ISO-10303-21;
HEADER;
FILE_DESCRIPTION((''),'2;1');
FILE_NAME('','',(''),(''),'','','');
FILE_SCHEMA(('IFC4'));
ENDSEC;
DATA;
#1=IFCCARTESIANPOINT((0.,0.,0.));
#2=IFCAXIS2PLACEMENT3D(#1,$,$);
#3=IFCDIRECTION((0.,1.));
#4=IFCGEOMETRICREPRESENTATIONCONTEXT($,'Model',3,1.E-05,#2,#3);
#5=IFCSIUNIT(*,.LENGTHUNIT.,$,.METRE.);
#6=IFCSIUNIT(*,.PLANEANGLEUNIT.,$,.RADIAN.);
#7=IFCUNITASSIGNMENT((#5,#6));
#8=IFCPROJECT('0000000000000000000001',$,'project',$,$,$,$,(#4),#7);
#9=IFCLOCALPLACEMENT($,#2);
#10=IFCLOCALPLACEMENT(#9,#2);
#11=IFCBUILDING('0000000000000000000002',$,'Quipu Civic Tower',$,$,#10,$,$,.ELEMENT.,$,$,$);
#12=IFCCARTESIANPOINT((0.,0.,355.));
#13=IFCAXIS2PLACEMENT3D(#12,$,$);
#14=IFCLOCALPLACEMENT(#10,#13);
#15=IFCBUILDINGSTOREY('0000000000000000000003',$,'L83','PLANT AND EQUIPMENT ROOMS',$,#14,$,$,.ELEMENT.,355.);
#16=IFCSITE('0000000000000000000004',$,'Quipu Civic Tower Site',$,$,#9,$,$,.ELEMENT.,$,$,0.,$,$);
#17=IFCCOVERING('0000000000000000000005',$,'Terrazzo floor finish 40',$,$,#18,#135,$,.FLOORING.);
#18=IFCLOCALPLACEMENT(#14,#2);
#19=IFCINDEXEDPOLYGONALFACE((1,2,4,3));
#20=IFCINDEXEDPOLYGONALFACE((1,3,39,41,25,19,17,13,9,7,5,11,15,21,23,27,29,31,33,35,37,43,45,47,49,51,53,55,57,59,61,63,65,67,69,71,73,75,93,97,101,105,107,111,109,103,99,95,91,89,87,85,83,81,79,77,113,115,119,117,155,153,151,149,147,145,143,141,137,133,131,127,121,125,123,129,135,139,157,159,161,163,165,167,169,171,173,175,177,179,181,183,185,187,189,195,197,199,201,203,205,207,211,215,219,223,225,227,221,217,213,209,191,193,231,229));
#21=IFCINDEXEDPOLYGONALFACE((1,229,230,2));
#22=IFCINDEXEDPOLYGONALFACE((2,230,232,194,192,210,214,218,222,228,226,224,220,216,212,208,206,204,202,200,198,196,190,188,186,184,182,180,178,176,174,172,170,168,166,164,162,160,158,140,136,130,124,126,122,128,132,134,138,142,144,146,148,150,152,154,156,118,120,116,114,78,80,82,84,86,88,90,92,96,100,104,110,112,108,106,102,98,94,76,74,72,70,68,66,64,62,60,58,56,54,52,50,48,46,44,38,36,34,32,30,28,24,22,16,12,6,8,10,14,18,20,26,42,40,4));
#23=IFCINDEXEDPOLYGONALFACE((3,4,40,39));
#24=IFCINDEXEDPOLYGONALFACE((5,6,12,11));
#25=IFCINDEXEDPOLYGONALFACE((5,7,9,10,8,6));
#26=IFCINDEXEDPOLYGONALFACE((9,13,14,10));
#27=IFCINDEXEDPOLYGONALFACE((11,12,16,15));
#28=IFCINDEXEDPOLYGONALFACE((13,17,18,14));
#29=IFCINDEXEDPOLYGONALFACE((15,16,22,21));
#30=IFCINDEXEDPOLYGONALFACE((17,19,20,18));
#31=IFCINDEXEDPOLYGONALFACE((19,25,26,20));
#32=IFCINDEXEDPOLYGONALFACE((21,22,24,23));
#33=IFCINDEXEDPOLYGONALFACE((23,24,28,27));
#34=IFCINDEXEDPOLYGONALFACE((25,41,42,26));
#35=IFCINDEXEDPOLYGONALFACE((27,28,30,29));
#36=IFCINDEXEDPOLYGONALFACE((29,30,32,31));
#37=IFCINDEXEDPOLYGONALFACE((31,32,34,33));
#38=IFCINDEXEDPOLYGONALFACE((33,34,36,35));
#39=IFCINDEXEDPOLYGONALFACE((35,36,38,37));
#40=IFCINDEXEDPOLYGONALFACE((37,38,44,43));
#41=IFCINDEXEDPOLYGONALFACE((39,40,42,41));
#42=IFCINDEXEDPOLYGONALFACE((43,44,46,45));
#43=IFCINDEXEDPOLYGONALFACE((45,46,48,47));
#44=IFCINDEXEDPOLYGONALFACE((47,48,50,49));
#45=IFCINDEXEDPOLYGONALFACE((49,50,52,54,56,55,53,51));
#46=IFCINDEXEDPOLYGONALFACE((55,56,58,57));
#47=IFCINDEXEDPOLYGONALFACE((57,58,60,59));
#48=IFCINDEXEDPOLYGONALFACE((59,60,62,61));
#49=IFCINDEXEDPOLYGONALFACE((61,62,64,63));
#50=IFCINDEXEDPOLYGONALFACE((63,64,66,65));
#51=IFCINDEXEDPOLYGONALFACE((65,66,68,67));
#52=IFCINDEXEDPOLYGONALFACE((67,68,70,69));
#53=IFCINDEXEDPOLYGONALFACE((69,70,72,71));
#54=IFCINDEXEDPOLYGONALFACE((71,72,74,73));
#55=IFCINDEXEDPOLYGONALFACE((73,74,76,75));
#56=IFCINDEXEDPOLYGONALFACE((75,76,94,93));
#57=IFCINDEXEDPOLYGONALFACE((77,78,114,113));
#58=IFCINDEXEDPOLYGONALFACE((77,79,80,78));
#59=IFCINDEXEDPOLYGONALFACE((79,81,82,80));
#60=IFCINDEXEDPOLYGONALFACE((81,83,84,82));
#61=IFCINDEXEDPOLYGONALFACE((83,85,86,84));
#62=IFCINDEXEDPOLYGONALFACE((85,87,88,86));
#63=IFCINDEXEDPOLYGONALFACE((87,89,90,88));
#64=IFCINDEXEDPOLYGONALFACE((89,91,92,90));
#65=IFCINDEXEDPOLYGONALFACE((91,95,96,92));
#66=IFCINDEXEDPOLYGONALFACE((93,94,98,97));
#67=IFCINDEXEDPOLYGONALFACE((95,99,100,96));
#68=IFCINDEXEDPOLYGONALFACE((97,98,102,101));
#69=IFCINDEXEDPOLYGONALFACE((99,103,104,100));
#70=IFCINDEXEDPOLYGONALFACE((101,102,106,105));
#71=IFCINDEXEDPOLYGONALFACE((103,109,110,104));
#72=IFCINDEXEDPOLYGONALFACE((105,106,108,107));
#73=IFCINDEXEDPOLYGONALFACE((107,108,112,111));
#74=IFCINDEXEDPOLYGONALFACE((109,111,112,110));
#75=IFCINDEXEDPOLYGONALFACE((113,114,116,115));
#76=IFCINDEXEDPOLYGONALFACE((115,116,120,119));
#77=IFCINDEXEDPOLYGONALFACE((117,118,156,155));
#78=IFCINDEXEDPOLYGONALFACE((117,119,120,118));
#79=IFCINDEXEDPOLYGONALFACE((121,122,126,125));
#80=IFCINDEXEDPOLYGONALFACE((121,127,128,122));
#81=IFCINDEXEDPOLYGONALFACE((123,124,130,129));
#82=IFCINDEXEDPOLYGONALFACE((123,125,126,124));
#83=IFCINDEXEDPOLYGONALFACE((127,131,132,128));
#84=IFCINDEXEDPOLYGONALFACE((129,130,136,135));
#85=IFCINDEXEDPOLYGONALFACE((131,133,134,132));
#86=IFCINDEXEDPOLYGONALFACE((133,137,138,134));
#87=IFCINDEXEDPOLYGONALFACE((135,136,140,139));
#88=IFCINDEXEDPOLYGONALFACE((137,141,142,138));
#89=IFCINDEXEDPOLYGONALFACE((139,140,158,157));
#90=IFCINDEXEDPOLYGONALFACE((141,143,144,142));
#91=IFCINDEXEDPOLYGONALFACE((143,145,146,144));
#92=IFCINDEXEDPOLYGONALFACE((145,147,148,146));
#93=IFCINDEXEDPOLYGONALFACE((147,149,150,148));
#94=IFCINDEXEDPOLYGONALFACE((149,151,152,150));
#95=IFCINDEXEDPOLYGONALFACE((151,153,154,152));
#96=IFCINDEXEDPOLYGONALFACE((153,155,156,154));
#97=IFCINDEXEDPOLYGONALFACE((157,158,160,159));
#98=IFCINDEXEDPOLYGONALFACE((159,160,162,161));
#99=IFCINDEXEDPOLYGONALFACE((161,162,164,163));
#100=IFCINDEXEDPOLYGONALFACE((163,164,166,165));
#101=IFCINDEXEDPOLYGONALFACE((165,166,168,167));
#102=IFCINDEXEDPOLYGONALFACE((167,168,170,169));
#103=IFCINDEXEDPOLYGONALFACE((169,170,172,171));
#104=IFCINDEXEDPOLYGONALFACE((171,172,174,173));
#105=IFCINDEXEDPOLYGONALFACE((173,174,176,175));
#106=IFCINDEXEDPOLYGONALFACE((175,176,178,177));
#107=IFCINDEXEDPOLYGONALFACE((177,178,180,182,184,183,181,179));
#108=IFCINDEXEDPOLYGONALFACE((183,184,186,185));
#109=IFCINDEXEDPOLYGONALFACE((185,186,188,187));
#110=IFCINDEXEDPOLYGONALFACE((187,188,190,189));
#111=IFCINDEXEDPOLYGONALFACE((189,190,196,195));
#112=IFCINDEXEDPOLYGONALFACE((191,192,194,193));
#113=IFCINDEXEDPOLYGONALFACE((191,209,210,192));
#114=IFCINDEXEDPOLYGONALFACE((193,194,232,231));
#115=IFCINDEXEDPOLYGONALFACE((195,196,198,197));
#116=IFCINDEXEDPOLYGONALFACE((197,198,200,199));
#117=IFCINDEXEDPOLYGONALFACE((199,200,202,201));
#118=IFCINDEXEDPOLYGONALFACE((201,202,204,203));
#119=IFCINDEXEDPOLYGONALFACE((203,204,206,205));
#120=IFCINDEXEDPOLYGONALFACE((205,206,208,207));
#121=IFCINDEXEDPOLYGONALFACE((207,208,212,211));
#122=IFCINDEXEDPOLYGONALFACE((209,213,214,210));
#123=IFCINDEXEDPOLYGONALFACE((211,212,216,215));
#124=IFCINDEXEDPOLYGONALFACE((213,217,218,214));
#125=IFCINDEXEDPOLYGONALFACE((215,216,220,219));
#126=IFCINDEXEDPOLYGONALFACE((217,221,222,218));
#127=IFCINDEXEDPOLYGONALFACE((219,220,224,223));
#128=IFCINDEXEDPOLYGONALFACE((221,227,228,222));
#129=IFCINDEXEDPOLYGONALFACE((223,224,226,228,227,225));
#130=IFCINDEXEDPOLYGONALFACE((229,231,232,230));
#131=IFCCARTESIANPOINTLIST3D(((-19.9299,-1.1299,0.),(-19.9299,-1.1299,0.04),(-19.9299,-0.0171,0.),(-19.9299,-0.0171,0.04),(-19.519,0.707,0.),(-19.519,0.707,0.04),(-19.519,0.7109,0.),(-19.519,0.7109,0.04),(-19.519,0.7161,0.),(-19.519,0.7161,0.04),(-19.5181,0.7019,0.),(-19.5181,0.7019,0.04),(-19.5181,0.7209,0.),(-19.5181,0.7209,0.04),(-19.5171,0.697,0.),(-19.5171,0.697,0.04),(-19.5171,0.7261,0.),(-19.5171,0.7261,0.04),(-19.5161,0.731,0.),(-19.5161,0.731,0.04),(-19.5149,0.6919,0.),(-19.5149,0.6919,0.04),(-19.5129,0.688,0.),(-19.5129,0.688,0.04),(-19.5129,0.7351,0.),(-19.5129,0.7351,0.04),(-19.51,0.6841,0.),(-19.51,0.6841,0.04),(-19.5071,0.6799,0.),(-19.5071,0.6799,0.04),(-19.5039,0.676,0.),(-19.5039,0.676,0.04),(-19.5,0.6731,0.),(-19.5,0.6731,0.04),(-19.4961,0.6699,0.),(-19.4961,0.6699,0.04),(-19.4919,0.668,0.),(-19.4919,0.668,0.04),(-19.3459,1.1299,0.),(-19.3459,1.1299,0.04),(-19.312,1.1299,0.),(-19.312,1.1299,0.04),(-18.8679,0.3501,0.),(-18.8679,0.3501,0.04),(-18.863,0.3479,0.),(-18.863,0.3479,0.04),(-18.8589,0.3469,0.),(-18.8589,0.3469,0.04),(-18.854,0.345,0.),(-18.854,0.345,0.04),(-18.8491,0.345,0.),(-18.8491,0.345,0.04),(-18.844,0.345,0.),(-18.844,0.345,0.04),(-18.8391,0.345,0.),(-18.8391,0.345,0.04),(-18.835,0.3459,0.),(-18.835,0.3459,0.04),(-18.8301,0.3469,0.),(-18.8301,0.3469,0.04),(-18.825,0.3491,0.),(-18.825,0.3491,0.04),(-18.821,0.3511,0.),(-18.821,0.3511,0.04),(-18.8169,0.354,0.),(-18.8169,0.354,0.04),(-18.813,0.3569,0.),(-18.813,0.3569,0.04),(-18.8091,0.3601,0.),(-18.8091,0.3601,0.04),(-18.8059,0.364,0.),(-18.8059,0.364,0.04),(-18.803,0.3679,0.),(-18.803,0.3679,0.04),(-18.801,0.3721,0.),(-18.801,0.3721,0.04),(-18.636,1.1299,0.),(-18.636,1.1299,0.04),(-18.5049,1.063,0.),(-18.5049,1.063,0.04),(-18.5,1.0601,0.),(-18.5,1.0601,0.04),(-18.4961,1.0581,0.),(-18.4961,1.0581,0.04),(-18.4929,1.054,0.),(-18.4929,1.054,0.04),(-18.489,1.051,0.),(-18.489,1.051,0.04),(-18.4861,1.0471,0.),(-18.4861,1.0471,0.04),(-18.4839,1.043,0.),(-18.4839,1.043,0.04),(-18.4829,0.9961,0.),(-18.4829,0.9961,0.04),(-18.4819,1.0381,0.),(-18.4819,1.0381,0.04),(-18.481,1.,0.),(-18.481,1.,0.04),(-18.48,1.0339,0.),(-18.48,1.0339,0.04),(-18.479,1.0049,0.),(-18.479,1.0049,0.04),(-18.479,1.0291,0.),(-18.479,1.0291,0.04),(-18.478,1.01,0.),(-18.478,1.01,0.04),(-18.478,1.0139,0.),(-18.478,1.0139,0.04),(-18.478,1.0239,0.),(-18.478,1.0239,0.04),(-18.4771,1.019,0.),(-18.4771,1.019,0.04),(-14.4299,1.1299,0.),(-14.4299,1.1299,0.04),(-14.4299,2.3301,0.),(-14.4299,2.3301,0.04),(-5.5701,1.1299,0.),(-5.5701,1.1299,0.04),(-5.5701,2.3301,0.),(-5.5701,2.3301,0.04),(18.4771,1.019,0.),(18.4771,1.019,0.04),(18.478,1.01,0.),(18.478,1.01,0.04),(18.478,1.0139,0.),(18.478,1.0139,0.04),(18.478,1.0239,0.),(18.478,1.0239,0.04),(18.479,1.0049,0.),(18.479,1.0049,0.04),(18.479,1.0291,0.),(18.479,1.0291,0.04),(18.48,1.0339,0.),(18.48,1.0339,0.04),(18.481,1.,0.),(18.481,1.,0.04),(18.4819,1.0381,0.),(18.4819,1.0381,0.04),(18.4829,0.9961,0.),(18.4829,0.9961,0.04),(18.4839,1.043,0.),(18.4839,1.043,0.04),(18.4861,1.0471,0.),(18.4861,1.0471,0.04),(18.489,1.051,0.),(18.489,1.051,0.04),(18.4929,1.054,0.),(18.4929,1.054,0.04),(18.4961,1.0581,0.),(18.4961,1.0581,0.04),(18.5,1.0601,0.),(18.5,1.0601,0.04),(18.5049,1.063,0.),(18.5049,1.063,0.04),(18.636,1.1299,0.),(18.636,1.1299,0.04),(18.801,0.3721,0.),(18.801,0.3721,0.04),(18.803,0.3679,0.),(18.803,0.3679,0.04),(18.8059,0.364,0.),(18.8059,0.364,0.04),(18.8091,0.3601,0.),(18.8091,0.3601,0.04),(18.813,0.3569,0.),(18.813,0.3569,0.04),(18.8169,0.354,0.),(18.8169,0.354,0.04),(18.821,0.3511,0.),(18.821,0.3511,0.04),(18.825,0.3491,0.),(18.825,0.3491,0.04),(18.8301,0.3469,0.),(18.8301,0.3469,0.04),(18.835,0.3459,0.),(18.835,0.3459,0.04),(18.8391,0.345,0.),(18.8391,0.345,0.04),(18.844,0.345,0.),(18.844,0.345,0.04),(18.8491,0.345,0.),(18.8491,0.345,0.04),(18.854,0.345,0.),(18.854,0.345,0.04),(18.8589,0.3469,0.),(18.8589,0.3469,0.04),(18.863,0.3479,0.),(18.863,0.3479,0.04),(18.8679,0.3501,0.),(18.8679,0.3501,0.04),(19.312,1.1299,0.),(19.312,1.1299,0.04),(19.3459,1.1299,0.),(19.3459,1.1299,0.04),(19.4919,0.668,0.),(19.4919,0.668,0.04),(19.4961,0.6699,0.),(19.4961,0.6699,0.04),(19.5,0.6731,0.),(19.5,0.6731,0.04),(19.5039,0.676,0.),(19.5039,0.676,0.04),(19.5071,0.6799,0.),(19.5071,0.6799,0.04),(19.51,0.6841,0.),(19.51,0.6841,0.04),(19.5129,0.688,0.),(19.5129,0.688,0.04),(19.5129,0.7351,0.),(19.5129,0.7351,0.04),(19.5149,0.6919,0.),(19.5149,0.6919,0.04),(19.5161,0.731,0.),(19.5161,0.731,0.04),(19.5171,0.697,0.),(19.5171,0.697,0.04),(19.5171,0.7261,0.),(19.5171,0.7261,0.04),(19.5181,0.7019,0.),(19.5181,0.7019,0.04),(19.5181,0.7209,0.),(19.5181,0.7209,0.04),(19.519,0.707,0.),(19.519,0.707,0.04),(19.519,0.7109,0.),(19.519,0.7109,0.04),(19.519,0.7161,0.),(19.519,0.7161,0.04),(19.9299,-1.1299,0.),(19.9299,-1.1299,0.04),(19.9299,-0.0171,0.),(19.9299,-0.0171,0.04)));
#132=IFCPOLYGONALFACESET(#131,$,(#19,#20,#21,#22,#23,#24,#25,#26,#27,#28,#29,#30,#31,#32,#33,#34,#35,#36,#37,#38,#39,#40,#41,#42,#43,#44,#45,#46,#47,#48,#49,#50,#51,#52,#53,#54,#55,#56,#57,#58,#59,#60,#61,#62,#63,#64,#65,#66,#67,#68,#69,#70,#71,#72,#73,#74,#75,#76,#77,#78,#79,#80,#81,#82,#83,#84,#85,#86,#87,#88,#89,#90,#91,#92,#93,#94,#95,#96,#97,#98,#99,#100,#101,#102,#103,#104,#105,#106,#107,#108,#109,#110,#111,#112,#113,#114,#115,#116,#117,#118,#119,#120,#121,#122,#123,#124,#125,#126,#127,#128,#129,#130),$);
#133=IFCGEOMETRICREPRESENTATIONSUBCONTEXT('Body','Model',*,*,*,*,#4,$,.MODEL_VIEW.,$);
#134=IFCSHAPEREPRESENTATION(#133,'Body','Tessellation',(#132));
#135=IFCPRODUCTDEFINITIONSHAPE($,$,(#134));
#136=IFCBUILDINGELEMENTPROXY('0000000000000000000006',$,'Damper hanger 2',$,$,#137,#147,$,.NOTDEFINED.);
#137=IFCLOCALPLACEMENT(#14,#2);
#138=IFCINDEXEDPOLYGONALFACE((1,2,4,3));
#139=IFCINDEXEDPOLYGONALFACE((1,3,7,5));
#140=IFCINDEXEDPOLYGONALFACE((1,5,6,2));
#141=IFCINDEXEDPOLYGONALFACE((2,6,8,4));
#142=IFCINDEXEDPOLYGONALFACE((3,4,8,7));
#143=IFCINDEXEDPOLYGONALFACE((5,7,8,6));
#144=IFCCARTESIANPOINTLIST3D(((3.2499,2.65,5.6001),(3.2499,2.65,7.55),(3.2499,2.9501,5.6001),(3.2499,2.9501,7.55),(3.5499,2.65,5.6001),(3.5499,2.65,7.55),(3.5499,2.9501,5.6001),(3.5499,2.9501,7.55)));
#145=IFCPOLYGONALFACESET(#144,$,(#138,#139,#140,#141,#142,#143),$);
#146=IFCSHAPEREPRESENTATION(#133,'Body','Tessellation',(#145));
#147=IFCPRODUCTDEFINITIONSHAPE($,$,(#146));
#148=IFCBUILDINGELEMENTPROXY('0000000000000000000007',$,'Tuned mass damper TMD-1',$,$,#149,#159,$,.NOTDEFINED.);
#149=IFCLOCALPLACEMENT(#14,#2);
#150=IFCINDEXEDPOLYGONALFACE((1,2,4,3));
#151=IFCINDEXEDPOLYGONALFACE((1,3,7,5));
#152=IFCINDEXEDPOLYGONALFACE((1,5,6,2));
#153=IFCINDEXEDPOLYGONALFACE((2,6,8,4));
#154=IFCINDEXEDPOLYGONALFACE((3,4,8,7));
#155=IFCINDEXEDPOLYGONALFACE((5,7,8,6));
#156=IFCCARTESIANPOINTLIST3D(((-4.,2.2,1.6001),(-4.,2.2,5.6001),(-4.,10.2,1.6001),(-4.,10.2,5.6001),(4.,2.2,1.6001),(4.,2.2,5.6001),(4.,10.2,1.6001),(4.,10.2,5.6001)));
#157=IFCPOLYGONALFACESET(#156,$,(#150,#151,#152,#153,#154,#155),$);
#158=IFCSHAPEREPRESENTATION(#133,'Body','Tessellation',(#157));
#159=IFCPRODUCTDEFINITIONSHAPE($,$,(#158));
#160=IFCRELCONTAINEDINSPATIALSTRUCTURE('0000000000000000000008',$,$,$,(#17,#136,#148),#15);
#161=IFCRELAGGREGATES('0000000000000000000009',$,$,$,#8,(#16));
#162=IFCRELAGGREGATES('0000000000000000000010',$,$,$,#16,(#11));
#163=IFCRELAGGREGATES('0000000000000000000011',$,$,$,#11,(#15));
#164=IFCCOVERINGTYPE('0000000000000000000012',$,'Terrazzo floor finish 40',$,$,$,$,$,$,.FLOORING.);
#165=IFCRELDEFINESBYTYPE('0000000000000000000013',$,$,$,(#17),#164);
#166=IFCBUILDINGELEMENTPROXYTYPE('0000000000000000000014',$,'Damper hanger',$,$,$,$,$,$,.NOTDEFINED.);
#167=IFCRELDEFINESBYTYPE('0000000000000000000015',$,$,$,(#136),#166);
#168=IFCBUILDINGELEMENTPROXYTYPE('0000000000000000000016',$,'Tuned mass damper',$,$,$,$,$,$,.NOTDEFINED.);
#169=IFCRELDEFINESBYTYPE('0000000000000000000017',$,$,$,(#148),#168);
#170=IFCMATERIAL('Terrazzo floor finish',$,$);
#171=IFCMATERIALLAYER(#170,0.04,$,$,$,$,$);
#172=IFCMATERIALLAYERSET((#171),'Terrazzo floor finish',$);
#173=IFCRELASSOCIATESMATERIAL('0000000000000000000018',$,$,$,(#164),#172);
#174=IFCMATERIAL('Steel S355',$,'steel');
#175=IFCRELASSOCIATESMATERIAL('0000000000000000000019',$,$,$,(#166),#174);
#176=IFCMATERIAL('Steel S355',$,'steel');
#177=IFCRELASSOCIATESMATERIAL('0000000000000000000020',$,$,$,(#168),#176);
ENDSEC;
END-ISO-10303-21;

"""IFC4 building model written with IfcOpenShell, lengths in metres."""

from ifc_helpers import new_model, si_unit, direction, frame, origin, origin_2d, place, context, subcontext, project, spatial, polyline, rectangle, outline, extrude, material, layer, layer_set, type_object, element, save


model = new_model("IFC4")

# Units and contexts
model_context = context("Model", 3, precision=1e-05, world=origin(), true_north=direction((0.0, 1.0)))
body_context = subcontext(model_context, "Body", "Model", "MODEL_VIEW")
ifc_project = project(units=[si_unit("LENGTHUNIT", "METRE"), si_unit("PLANEANGLEUNIT", "RADIAN")], contexts=[model_context])

# Site, building, storey
site_placement = place(None, origin())
site = spatial("IfcSite", under=ifc_project, at=site_placement, Name="Quipu Civic Tower Site", CompositionType="ELEMENT", RefElevation=0.0)
building_placement = place(site_placement, origin())
building = spatial("IfcBuilding", under=site, at=building_placement, Name="Quipu Civic Tower", CompositionType="ELEMENT")
storey_placement = place(building_placement, frame((0.0, 0.0, 355.0)))
storey = spatial("IfcBuildingStorey", under=building, at=storey_placement, Name="L83", Description="PLANT AND EQUIPMENT ROOMS", CompositionType="ELEMENT", Elevation=355.0)

# Covering
ifc_material_1 = material(Name="Terrazzo floor finish")
ifc_layer_1 = layer(ifc_material_1, 0.04)
ifc_layer_set_1 = layer_set([ifc_layer_1], Name="Terrazzo floor finish")
covering_type_1 = type_object("IfcCoveringType", Name="Terrazzo floor finish 40", PredefinedType="FLOORING", material=ifc_layer_set_1)
covering_1_placement = place(storey_placement, origin())
element("IfcCovering", 1, at=covering_1_placement, inside=storey, type_object=covering_type_1, Name="Terrazzo floor finish 40", PredefinedType="FLOORING", context=body_context, shape_type="SweptSolid", body=[
    extrude(outline(polyline([(-19.9299, -0.0171), (-19.3459, 1.1299), (-19.312, 1.1299), (-19.5129, 0.7351), (-19.5161, 0.731), (-19.5171, 0.7261), (-19.5181, 0.7209), (-19.519, 0.7161), (-19.519, 0.7109), (-19.519, 0.707), (-19.5181, 0.7019), (-19.5171, 0.697), (-19.5149, 0.6919), (-19.5129, 0.688), (-19.51, 0.6841), (-19.5071, 0.6799), (-19.5039, 0.676), (-19.5, 0.6731), (-19.4961, 0.6699), (-19.4919, 0.668), (-18.8679, 0.3501), (-18.863, 0.3479), (-18.8589, 0.3469), (-18.854, 0.345), (-18.8491, 0.345), (-18.844, 0.345), (-18.8391, 0.345), (-18.835, 0.3459), (-18.8301, 0.3469), (-18.825, 0.3491), (-18.821, 0.3511), (-18.8169, 0.354), (-18.813, 0.3569), (-18.8091, 0.3601), (-18.8059, 0.364), (-18.803, 0.3679), (-18.801, 0.3721), (-18.4829, 0.9961), (-18.481, 1.0), (-18.479, 1.0049), (-18.478, 1.01), (-18.478, 1.0139), (-18.4771, 1.019), (-18.478, 1.0239), (-18.479, 1.0291), (-18.48, 1.0339), (-18.4819, 1.0381), (-18.4839, 1.043), (-18.4861, 1.0471), (-18.489, 1.051), (-18.4929, 1.054), (-18.4961, 1.0581), (-18.5, 1.0601), (-18.5049, 1.063), (-18.636, 1.1299), (-14.4299, 1.1299), (-14.4299, 2.3301), (-5.5701, 2.3301), (-5.5701, 1.1299), (18.636, 1.1299), (18.5049, 1.063), (18.5, 1.0601), (18.4961, 1.0581), (18.4929, 1.054), (18.489, 1.051), (18.4861, 1.0471), (18.4839, 1.043), (18.4819, 1.0381), (18.48, 1.0339), (18.479, 1.0291), (18.478, 1.0239), (18.4771, 1.019), (18.478, 1.0139), (18.478, 1.01), (18.479, 1.0049), (18.481, 1.0), (18.4829, 0.9961), (18.801, 0.3721), (18.803, 0.3679), (18.8059, 0.364), (18.8091, 0.3601), (18.813, 0.3569), (18.8169, 0.354), (18.821, 0.3511), (18.825, 0.3491), (18.8301, 0.3469), (18.835, 0.3459), (18.8391, 0.345), (18.844, 0.345), (18.8491, 0.345), (18.854, 0.345), (18.8589, 0.3469), (18.863, 0.3479), (18.8679, 0.3501), (19.4919, 0.668), (19.4961, 0.6699), (19.5, 0.6731), (19.5039, 0.676), (19.5071, 0.6799), (19.51, 0.6841), (19.5129, 0.688), (19.5149, 0.6919), (19.5171, 0.697), (19.5181, 0.7019), (19.519, 0.707), (19.519, 0.7109), (19.519, 0.7161), (19.5181, 0.7209), (19.5171, 0.7261), (19.5161, 0.731), (19.5129, 0.7351), (19.312, 1.1299), (19.3459, 1.1299), (19.9299, -0.0171), (19.9299, -1.1299), (-19.9299, -1.1299), (-19.9299, -0.0171)])), origin(), (0.0, 0.0, 1.0), 0.04),
])

# Building element proxies
ifc_material_2 = material(Name="Steel S355", Category="steel")
building_element_proxy_type_1 = type_object("IfcBuildingElementProxyType", Name="Damper hanger", PredefinedType="NOTDEFINED", material=ifc_material_2)
proxy_1_placement = place(storey_placement, frame((3.3999, 2.8, 5.6001), z_axis=(0.0, 0.0, 1.0), x_axis=(1.0, 0.0, 0.0)))
element("IfcBuildingElementProxy", 2, at=proxy_1_placement, inside=storey, type_object=building_element_proxy_type_1, Name="Damper hanger 2", PredefinedType="NOTDEFINED", context=body_context, shape_type="SweptSolid", body=[
    extrude(rectangle(XDim=0.3, YDim=0.3, at=origin_2d()), origin(), (0.0, 0.0, 1.0), 1.95),
])
ifc_material_3 = material(Name="Steel S355", Category="steel")
building_element_proxy_type_2 = type_object("IfcBuildingElementProxyType", Name="Tuned mass damper", PredefinedType="NOTDEFINED", material=ifc_material_3)
proxy_2_placement = place(storey_placement, frame((0.0, 6.2, 1.6001), z_axis=(0.0, 0.0, 1.0), x_axis=(1.0, 0.0, 0.0)))
element("IfcBuildingElementProxy", 3, at=proxy_2_placement, inside=storey, type_object=building_element_proxy_type_2, Name="Tuned mass damper TMD-1", PredefinedType="NOTDEFINED", context=body_context, shape_type="SweptSolid", body=[
    extrude(rectangle(XDim=8.0, YDim=8.0, at=origin_2d()), origin(), (0.0, 0.0, 1.0), 4.0),
])

save(model, "model.ifc")
